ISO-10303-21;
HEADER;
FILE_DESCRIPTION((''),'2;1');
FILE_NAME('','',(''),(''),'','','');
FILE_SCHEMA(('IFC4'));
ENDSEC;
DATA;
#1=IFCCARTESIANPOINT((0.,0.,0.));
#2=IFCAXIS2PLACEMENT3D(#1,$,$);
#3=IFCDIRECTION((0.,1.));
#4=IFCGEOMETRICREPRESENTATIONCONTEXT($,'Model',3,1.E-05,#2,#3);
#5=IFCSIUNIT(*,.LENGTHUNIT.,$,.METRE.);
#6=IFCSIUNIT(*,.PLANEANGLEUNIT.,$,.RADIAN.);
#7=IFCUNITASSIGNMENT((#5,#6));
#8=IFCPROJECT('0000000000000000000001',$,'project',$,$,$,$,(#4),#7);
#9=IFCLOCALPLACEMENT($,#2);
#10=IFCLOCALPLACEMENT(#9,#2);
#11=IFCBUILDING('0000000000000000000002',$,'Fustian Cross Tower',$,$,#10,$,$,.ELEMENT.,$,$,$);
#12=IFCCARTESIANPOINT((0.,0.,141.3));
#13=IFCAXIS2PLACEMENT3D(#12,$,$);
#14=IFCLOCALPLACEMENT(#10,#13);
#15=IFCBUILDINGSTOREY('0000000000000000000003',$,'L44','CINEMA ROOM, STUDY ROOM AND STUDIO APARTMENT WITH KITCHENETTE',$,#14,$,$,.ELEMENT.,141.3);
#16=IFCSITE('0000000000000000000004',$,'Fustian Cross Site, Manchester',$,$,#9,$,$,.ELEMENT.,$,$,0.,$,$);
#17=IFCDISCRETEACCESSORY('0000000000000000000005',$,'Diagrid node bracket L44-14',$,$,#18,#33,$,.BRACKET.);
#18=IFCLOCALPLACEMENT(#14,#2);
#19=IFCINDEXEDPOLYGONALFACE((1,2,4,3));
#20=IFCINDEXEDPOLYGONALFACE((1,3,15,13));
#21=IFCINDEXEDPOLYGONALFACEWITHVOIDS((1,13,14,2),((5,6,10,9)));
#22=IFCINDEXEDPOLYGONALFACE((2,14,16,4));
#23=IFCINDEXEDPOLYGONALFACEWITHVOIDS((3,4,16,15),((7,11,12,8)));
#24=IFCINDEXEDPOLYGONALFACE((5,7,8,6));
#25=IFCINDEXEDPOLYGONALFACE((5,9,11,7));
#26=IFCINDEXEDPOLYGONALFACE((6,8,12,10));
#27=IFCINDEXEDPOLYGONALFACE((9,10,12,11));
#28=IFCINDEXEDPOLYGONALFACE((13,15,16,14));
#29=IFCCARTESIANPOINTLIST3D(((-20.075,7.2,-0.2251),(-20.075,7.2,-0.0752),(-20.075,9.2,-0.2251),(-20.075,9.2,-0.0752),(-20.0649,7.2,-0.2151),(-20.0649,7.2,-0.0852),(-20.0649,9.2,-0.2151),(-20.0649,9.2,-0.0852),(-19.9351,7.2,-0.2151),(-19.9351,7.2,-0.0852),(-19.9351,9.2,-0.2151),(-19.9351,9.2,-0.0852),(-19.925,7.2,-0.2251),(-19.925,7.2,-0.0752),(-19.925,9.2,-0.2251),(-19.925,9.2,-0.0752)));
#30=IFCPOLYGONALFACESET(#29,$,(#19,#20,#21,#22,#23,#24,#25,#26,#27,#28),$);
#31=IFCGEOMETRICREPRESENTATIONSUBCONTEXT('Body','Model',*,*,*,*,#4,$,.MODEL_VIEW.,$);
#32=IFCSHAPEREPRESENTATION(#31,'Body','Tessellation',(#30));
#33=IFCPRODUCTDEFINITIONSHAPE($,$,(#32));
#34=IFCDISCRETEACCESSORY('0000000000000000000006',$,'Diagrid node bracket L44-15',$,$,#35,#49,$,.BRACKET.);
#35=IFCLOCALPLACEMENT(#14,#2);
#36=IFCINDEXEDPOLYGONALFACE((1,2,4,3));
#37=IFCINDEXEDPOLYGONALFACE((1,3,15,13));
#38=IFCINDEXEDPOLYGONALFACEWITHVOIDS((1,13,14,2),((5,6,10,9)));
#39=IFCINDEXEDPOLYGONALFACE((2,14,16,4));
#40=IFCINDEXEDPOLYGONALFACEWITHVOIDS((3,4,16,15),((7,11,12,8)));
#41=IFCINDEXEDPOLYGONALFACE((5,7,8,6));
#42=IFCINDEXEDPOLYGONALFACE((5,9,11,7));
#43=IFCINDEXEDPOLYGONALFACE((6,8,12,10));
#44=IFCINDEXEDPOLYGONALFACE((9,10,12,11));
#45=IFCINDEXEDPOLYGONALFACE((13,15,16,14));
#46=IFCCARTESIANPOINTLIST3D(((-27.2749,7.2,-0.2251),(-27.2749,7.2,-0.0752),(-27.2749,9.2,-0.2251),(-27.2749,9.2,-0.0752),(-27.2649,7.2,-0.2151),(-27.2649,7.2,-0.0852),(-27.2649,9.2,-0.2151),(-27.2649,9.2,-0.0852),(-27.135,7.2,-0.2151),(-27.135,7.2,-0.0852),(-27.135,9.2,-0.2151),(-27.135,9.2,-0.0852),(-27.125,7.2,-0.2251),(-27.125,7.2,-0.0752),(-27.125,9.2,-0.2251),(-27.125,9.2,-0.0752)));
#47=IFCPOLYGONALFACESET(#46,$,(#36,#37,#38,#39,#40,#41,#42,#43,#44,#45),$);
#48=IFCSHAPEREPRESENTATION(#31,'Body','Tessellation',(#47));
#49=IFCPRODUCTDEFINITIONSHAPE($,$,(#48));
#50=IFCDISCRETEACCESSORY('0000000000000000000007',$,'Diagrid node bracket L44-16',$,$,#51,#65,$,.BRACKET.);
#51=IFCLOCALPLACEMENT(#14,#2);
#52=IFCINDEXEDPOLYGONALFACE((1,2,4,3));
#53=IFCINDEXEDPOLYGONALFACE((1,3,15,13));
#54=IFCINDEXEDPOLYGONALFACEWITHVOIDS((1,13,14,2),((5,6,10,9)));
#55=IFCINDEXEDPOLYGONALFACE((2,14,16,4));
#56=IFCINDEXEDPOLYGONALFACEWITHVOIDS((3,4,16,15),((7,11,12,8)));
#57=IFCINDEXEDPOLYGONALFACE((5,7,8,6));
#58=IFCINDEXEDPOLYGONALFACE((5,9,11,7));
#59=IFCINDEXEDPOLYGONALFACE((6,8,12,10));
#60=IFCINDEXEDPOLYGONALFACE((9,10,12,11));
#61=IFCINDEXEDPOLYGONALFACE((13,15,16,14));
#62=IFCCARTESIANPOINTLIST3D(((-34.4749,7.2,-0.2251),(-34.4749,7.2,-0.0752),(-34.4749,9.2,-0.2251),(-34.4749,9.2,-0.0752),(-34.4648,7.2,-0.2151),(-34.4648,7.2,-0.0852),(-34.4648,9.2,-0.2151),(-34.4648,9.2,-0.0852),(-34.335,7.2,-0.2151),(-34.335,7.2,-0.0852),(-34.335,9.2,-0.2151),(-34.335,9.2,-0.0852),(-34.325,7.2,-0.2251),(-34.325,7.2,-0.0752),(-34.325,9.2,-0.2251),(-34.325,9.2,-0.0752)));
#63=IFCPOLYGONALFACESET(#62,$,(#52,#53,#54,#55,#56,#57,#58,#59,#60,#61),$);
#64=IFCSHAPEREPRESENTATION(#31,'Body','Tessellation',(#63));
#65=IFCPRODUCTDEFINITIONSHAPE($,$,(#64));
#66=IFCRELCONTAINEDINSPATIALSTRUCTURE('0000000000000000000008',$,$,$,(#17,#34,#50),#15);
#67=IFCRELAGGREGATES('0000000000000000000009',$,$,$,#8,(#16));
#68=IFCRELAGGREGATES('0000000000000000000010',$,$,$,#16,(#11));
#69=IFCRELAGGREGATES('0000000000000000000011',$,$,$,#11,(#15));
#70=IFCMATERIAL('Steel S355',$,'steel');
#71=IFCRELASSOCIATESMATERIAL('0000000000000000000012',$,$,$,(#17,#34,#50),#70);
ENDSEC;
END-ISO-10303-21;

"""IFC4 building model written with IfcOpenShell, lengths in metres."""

from ifc_helpers import new_model, si_unit, direction, frame, origin, origin_2d, place, context, subcontext, project, spatial, hollow_rectangle, extrude, material, element, save


model = new_model("IFC4")

# Units and contexts
model_context = context("Model", 3, precision=1e-05, world=origin(), true_north=direction((0.0, 1.0)))
body_context = subcontext(model_context, "Body", "Model", "MODEL_VIEW")
ifc_project = project(units=[si_unit("LENGTHUNIT", "METRE"), si_unit("PLANEANGLEUNIT", "RADIAN")], contexts=[model_context])

# Site, building, storey
site_placement = place(None, origin())
site = spatial("IfcSite", under=ifc_project, at=site_placement, Name="Fustian Cross Site, Manchester", CompositionType="ELEMENT", RefElevation=0.0)
building_placement = place(site_placement, origin())
building = spatial("IfcBuilding", under=site, at=building_placement, Name="Fustian Cross Tower", CompositionType="ELEMENT")
storey_placement = place(building_placement, frame((0.0, 0.0, 141.3)))
storey = spatial("IfcBuildingStorey", under=building, at=storey_placement, Name="L44", Description="CINEMA ROOM, STUDY ROOM AND STUDIO APARTMENT WITH KITCHENETTE", CompositionType="ELEMENT", Elevation=141.3)

# Discrete accessories
ifc_material_1 = material(Name="Steel S355", Category="steel")
for number, where, z_axis, x_axis, name in (
    (1, (-20.0, 9.2, -0.1501), (0.0, -1.0, 0.0), (1.0, 0.0, 0.0), "Diagrid node bracket L44-14"),
    (2, (-27.2, 9.2, -0.1501), (0.0, -1.0, 0.0), (1.0, 0.0, 0.0), "Diagrid node bracket L44-15"),
    (3, (-34.3999, 9.2, -0.1501), (0.0, -1.0, 0.0), (1.0, 0.0, 0.0), "Diagrid node bracket L44-16"),
):
    element("IfcDiscreteAccessory", number, at=place(storey_placement, frame(where, z_axis=z_axis, x_axis=x_axis)), inside=storey, material=ifc_material_1, Name=name, PredefinedType="BRACKET", context=body_context, shape_type="SweptSolid", body=[
        extrude(hollow_rectangle(XDim=0.1499, YDim=0.1499, WallThickness=0.01, at=origin_2d()), origin(), (0.0, 0.0, 1.0), 2.0),
    ])

save(model, "model.ifc")
